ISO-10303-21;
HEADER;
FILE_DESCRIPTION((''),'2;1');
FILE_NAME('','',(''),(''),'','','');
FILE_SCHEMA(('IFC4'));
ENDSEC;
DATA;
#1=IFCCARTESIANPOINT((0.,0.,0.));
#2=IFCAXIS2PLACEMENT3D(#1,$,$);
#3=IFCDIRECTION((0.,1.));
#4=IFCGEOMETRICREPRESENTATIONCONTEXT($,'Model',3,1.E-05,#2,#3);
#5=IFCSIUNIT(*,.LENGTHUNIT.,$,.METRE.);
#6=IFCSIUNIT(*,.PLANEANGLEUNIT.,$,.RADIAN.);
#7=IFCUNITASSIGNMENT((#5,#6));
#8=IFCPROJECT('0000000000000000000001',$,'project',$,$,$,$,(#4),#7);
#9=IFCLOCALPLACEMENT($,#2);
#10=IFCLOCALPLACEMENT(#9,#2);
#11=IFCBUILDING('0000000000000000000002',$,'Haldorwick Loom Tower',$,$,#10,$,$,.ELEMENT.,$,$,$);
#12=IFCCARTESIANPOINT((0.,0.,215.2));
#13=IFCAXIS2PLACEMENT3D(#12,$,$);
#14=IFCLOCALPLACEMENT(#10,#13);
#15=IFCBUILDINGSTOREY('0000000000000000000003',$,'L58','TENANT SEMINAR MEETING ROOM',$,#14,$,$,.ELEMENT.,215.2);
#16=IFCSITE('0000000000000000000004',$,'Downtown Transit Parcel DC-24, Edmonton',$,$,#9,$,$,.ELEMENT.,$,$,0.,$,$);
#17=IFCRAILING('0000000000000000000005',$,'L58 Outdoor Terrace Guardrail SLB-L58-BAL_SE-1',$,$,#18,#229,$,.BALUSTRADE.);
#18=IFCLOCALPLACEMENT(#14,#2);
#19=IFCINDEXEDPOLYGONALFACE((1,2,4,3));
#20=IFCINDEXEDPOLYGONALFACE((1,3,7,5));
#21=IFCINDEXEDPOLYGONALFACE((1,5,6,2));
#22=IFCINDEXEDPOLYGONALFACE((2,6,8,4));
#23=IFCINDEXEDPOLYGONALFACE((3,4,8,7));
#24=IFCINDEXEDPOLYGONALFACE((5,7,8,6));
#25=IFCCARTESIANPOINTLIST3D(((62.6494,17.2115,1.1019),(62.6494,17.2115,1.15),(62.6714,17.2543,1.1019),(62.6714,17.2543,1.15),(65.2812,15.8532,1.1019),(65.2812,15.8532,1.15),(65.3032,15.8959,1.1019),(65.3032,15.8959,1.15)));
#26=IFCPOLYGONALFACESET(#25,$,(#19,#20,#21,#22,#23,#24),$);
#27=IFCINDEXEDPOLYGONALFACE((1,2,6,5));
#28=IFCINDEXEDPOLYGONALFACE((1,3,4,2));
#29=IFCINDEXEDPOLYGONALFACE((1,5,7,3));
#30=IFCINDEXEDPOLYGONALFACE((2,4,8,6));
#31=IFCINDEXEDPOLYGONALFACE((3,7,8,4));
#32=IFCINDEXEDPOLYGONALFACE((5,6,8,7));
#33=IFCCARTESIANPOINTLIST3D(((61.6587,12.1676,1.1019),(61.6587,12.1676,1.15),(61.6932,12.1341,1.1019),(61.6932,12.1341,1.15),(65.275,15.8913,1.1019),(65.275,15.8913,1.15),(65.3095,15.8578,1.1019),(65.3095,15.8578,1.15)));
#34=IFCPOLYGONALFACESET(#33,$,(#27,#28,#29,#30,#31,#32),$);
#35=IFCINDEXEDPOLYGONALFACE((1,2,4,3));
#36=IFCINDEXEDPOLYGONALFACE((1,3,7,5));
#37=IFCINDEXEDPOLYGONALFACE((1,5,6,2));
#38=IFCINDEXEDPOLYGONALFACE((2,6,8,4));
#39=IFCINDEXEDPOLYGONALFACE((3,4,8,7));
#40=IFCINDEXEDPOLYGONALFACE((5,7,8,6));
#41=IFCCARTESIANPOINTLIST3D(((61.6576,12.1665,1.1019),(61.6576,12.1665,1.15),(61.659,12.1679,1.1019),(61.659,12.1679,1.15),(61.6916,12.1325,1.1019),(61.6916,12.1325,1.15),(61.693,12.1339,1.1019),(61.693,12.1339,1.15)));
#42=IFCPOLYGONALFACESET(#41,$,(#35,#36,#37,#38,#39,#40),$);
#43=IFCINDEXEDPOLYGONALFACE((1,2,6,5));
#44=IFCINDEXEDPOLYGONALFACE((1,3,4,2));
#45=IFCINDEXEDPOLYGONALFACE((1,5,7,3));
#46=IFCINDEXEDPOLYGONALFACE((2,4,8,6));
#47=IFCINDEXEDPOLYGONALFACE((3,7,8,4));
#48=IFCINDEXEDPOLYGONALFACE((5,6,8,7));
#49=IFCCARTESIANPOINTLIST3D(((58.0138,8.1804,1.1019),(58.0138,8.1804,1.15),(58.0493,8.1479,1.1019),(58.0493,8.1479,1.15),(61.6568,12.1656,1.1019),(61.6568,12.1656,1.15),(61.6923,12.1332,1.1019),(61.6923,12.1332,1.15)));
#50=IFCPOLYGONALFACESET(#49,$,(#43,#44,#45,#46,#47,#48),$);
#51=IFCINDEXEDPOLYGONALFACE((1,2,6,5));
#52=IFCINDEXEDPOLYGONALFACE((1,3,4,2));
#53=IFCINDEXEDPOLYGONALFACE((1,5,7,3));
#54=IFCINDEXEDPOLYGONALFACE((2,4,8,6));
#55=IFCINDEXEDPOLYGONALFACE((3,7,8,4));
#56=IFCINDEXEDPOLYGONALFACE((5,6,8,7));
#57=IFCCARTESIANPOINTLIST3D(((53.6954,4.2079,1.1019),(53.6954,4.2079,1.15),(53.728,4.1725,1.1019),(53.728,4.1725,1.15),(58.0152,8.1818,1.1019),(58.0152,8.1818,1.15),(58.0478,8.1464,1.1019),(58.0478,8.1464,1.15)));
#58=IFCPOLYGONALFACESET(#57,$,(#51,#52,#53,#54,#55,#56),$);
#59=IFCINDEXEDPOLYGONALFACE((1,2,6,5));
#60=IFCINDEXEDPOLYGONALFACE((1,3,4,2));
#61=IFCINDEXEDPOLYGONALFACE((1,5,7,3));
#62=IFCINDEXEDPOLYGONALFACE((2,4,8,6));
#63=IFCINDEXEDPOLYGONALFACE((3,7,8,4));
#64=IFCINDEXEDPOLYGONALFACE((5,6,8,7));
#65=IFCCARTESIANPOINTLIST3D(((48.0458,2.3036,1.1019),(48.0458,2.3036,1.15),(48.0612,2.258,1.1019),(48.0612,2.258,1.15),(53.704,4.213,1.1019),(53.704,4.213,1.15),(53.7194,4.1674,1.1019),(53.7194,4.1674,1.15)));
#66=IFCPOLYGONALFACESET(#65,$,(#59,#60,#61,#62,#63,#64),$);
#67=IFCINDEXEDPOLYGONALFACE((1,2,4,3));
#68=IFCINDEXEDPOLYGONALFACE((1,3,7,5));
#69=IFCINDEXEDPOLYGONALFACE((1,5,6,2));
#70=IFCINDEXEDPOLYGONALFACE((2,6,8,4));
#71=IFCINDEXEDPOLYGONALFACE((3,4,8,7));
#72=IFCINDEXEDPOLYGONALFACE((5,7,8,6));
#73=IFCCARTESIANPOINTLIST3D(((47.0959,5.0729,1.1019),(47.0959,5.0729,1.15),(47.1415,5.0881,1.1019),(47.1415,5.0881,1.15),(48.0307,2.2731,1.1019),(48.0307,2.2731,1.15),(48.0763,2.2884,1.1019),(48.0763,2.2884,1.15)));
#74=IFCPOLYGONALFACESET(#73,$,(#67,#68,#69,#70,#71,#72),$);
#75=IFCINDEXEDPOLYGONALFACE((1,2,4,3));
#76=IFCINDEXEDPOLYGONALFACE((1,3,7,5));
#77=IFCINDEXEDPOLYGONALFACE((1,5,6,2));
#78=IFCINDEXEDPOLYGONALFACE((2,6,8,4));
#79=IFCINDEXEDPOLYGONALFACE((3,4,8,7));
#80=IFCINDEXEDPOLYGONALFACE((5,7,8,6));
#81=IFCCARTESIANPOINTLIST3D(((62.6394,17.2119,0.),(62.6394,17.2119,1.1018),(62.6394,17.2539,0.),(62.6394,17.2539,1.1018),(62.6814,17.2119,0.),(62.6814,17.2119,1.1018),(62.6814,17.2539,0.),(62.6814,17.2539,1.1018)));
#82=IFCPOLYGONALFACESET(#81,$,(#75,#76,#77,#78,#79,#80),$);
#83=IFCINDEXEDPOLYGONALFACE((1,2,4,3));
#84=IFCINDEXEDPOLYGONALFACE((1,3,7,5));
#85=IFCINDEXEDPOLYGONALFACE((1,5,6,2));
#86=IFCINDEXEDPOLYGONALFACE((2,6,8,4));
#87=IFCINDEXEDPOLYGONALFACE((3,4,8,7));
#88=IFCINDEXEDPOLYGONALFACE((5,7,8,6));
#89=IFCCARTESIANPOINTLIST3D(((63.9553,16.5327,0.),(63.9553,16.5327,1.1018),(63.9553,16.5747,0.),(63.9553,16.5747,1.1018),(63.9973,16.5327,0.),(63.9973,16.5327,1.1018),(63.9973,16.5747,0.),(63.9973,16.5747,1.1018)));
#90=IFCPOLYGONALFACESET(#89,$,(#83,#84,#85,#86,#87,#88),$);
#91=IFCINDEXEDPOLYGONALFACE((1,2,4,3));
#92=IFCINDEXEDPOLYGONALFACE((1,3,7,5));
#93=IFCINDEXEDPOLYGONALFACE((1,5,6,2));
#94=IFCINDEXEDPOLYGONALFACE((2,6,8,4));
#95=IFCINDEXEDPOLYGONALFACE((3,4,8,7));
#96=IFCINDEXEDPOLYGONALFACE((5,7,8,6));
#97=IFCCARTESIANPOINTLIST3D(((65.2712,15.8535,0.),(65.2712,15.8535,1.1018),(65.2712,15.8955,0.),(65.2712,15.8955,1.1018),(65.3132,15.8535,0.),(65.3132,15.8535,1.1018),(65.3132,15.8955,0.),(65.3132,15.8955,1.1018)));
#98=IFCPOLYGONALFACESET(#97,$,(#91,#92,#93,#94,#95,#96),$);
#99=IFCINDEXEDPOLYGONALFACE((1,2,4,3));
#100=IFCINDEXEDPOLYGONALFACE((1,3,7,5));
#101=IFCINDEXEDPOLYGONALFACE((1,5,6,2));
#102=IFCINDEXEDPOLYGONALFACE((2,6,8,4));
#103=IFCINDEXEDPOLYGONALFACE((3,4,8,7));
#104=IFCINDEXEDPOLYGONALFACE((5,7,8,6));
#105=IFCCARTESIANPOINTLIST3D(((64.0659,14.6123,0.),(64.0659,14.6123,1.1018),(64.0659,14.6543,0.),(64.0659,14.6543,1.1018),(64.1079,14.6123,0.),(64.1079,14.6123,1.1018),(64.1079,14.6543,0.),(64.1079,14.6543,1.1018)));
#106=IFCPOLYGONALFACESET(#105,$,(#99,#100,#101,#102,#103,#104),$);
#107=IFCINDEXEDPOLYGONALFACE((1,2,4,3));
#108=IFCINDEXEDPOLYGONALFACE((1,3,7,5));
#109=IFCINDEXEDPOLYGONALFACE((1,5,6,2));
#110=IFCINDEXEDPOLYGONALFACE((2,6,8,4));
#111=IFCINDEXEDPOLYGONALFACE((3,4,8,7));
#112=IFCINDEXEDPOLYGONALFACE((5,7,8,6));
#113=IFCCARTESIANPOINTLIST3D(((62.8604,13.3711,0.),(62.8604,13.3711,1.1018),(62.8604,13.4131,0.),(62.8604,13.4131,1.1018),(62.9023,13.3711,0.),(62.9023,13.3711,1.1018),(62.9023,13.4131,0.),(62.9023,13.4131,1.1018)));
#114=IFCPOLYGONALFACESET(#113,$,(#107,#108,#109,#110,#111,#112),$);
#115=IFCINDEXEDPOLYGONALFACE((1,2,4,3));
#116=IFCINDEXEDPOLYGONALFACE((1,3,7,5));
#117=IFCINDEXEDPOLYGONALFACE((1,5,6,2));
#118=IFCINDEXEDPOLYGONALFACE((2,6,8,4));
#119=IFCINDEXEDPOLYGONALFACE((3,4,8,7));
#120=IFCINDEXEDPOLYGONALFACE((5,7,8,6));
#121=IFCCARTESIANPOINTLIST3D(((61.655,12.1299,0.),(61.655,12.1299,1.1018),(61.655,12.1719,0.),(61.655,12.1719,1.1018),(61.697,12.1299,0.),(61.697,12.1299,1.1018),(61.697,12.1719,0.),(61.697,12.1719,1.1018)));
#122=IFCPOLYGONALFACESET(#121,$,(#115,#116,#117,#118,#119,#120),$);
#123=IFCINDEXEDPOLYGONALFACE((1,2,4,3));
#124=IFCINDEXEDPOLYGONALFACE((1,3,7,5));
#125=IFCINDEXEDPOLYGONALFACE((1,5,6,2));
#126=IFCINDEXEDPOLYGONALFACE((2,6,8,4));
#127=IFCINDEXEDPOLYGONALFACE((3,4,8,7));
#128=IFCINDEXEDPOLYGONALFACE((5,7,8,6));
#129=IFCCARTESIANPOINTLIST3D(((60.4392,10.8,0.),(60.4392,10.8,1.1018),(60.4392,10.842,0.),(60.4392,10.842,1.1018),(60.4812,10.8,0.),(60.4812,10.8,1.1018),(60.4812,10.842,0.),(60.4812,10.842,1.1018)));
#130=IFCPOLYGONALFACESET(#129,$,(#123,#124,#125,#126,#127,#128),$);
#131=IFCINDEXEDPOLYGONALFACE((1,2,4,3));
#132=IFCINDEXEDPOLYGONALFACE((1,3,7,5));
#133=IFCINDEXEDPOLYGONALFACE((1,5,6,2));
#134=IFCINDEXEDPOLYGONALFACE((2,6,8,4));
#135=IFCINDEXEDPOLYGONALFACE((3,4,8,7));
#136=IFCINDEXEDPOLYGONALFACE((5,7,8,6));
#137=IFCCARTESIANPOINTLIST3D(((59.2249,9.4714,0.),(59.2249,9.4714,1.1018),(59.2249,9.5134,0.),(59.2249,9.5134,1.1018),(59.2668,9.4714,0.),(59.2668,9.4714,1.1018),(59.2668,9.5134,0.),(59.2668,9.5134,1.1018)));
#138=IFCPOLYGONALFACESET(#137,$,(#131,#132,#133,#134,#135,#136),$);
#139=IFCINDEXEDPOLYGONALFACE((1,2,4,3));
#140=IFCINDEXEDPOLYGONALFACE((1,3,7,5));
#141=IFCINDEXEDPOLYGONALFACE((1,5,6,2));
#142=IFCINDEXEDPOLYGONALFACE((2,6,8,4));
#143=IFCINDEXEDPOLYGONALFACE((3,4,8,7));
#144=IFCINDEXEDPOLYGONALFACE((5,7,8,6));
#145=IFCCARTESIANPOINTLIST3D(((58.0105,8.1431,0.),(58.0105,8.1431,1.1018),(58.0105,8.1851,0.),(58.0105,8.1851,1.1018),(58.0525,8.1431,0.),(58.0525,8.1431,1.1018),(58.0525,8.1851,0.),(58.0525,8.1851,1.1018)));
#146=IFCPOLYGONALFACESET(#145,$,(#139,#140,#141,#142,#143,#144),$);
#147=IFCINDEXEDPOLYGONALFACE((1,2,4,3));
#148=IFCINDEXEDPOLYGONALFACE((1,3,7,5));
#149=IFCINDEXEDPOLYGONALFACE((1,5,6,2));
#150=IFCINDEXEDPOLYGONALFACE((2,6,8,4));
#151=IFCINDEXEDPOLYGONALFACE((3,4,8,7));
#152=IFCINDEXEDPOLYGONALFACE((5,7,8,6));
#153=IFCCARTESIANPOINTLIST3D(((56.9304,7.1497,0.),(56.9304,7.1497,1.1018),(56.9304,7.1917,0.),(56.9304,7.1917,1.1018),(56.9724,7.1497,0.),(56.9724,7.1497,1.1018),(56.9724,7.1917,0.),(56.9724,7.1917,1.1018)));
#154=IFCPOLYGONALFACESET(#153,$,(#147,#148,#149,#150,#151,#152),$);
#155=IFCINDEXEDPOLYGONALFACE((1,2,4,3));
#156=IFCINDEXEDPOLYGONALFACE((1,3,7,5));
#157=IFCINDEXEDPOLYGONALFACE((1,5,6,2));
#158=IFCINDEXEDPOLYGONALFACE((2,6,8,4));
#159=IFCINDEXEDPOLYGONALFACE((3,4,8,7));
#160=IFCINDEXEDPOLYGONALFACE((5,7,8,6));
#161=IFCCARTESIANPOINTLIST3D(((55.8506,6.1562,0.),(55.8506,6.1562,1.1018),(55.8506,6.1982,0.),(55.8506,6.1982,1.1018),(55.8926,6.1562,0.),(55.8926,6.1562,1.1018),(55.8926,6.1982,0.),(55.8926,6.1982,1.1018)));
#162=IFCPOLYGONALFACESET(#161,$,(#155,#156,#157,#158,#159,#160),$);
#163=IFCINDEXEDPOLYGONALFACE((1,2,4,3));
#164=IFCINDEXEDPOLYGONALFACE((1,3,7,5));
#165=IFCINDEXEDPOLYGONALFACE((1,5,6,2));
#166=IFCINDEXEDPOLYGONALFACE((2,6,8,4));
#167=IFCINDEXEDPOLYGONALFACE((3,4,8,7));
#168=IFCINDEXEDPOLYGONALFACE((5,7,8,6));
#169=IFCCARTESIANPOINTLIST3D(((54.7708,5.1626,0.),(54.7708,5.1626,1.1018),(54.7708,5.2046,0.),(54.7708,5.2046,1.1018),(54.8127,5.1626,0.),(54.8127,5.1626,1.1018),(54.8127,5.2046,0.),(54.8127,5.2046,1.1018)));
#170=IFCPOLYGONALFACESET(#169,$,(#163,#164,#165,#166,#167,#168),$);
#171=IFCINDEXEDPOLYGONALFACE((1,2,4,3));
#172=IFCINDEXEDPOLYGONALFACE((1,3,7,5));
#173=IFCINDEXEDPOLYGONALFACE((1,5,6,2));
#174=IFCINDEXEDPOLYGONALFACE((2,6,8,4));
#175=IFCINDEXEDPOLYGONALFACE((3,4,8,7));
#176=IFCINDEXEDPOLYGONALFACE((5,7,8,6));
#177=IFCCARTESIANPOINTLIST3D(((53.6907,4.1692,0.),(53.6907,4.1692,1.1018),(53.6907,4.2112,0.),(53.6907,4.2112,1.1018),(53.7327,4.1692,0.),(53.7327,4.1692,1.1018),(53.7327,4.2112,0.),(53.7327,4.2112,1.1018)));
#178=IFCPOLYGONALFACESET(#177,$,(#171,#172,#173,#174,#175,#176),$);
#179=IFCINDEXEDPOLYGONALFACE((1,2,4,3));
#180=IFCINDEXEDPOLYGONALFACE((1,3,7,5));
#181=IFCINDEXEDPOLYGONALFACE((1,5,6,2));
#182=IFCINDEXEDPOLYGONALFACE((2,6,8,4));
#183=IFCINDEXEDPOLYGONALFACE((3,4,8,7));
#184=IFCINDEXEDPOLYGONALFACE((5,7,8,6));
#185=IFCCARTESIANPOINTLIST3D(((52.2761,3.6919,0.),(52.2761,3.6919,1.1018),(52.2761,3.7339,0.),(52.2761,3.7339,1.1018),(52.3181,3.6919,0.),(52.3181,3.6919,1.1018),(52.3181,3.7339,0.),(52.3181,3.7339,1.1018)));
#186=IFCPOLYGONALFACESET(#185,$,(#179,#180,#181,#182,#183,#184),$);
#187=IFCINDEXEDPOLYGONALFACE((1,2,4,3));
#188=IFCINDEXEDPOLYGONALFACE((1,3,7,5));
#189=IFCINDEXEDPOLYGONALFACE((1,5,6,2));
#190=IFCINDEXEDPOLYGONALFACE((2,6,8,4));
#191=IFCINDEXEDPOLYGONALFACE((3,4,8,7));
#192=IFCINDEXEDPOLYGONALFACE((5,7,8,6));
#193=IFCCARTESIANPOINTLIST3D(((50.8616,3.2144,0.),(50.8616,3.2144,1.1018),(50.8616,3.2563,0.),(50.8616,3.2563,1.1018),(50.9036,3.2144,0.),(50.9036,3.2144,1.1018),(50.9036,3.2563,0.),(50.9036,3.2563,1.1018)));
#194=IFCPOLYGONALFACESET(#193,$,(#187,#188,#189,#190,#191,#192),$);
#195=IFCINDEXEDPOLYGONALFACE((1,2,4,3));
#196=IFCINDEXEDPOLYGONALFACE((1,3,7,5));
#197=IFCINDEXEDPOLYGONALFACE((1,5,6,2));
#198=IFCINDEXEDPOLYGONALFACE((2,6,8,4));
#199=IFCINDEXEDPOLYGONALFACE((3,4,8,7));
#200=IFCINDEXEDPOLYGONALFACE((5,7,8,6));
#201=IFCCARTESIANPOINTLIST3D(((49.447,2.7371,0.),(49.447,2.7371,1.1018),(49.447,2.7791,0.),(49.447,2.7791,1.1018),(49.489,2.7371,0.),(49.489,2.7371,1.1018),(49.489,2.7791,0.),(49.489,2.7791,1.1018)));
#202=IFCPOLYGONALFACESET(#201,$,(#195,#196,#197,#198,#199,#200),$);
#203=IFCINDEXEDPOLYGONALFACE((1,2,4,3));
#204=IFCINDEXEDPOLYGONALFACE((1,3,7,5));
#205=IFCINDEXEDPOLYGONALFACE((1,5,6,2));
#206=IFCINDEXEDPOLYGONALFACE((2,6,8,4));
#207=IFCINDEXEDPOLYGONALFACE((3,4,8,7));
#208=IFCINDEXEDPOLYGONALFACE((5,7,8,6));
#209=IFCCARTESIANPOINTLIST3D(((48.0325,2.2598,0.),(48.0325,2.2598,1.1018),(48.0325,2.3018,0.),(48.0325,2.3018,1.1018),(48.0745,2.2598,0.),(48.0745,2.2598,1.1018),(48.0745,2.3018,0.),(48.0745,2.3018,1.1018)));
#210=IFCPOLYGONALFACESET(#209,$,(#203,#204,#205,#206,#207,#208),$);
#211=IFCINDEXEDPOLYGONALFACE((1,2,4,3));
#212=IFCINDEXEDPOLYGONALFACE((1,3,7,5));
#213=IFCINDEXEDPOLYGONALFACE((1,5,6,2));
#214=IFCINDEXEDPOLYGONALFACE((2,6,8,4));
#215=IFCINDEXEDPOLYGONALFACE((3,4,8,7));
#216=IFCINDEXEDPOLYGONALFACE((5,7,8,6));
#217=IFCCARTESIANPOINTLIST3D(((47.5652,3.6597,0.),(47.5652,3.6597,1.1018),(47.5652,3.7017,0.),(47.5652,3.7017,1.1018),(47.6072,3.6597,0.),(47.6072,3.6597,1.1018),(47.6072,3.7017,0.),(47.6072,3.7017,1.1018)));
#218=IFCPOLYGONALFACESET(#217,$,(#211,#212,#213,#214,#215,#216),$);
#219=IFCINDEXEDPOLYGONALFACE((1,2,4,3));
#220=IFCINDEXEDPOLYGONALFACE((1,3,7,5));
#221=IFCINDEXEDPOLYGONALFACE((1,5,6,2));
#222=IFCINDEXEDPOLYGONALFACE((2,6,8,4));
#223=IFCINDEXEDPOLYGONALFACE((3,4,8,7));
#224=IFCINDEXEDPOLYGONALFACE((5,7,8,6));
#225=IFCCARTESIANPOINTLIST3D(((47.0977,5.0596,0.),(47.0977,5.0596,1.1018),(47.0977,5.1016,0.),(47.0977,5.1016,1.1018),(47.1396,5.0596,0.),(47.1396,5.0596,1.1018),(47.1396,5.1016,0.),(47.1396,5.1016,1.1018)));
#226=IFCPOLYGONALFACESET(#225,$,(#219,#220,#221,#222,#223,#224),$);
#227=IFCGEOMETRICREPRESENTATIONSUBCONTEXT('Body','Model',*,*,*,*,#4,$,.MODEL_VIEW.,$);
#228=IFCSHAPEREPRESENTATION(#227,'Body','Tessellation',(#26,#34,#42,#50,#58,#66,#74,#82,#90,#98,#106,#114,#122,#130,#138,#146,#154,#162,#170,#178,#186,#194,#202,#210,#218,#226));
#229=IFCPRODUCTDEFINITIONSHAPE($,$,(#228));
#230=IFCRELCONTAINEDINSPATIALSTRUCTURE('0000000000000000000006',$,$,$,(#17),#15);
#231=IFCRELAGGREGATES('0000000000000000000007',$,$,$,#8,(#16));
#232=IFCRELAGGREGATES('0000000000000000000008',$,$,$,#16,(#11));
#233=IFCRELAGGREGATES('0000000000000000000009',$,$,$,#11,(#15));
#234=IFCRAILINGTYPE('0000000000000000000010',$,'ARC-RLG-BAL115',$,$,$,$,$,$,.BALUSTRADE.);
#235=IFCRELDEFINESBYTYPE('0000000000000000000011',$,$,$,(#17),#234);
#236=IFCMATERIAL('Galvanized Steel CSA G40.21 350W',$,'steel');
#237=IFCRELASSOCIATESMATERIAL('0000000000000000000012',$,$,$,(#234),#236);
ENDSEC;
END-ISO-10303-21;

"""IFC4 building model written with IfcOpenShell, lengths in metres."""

from ifc_helpers import new_model, si_unit, direction, frame, origin, origin_2d, place, context, subcontext, project, spatial, rectangle, extrude, material, type_object, element, save


model = new_model("IFC4")

# Units and contexts
model_context = context("Model", 3, precision=1e-05, world=origin(), true_north=direction((0.0, 1.0)))
body_context = subcontext(model_context, "Body", "Model", "MODEL_VIEW")
ifc_project = project(units=[si_unit("LENGTHUNIT", "METRE"), si_unit("PLANEANGLEUNIT", "RADIAN")], contexts=[model_context])

# Site, building, storey
site_placement = place(None, origin())
site = spatial("IfcSite", under=ifc_project, at=site_placement, Name="Downtown Transit Parcel DC-24, Edmonton", CompositionType="ELEMENT", RefElevation=0.0)
building_placement = place(site_placement, origin())
building = spatial("IfcBuilding", under=site, at=building_placement, Name="Haldorwick Loom Tower", CompositionType="ELEMENT")
storey_placement = place(building_placement, frame((0.0, 0.0, 215.2)))
storey = spatial("IfcBuildingStorey", under=building, at=storey_placement, Name="L58", Description="TENANT SEMINAR MEETING ROOM", CompositionType="ELEMENT", Elevation=215.2)

# Railing
ifc_material_1 = material(Name="Galvanized Steel CSA G40.21 350W", Category="steel")
railing_type = type_object("IfcRailingType", Name="ARC-RLG-BAL115", PredefinedType="BALUSTRADE", material=ifc_material_1)
railing_placement = place(storey_placement, frame((62.6604, 17.2329, 0.0)))
element("IfcRailing", 1, at=railing_placement, inside=storey, type_object=railing_type, Name="L58 Outdoor Terrace Guardrail SLB-L58-BAL_SE-1", PredefinedType="BALUSTRADE", context=body_context, shape_type="SweptSolid", body=[
    extrude(rectangle(XDim=0.0481, YDim=0.0481, at=origin_2d()), frame((0.0, 0.0, 1.126), z_axis=(0.888616, -0.458651, 0.0), x_axis=(0.458651, 0.888616, 0.0)), (0.0, 0.0, 1.0), 2.9617),
    extrude(rectangle(XDim=0.0481, YDim=0.0481, at=origin_2d()), frame((2.6318, -1.3584, 1.126), z_axis=(-0.696683, -0.717379, 0.0), x_axis=(0.717379, -0.696683, 0.0)), (0.0, 0.0, 1.0), 5.1907),
    extrude(rectangle(XDim=0.0481, YDim=0.0481, at=origin_2d()), frame((-0.9844, -5.082, 1.126), z_axis=(-0.707107, -0.707107, 0.0), x_axis=(0.707107, -0.707107, 0.0)), (0.0, 0.0, 1.0), 0.002),
    extrude(rectangle(XDim=0.0481, YDim=0.0481, at=origin_2d()), frame((-0.9858, -5.0835, 1.126), z_axis=(-0.6747, -0.738092, 0.0), x_axis=(0.738092, -0.6747, 0.0)), (0.0, 0.0, 1.0), 5.3994),
    extrude(rectangle(XDim=0.0481, YDim=0.0481, at=origin_2d()), frame((-4.6289, -9.0688, 1.126), z_axis=(-0.735962, -0.677023, 0.0), x_axis=(0.677023, -0.735962, 0.0)), (0.0, 0.0, 1.0), 5.8696),
    extrude(rectangle(XDim=0.0481, YDim=0.0481, at=origin_2d()), frame((-8.9487, -13.0427, 1.126), z_axis=(-0.947503, -0.319746, 0.0), x_axis=(0.319746, -0.947503, 0.0)), (0.0, 0.0, 1.0), 5.9717),
    extrude(rectangle(XDim=0.0481, YDim=0.0481, at=origin_2d()), frame((-14.6069, -14.9521, 1.126), z_axis=(-0.316699, 0.948526, 0.0), x_axis=(-0.948526, -0.316699, 0.0)), (0.0, 0.0, 1.0), 2.9517),
    extrude(rectangle(XDim=0.042, YDim=0.042, at=origin_2d()), origin(), (0.0, 0.0, 1.0), 1.1018),
    extrude(rectangle(XDim=0.042, YDim=0.042, at=origin_2d()), frame((1.3159, -0.6792, 0.0)), (0.0, 0.0, 1.0), 1.1018),
    extrude(rectangle(XDim=0.042, YDim=0.042, at=origin_2d()), frame((2.6318, -1.3584, 0.0)), (0.0, 0.0, 1.0), 1.1018),
    extrude(rectangle(XDim=0.042, YDim=0.042, at=origin_2d()), frame((1.4265, -2.5996, 0.0)), (0.0, 0.0, 1.0), 1.1018),
    extrude(rectangle(XDim=0.042, YDim=0.042, at=origin_2d()), frame((0.2209, -3.8408, 0.0)), (0.0, 0.0, 1.0), 1.1018),
    extrude(rectangle(XDim=0.042, YDim=0.042, at=origin_2d()), frame((-0.9844, -5.082, 0.0)), (0.0, 0.0, 1.0), 1.1018),
    extrude(rectangle(XDim=0.042, YDim=0.042, at=origin_2d()), frame((-2.2002, -6.4119, 0.0)), (0.0, 0.0, 1.0), 1.1018),
    extrude(rectangle(XDim=0.042, YDim=0.042, at=origin_2d()), frame((-3.4146, -7.7405, 0.0)), (0.0, 0.0, 1.0), 1.1018),
    extrude(rectangle(XDim=0.042, YDim=0.042, at=origin_2d()), frame((-4.6289, -9.0688, 0.0)), (0.0, 0.0, 1.0), 1.1018),
    extrude(rectangle(XDim=0.042, YDim=0.042, at=origin_2d()), frame((-5.709, -10.0623, 0.0)), (0.0, 0.0, 1.0), 1.1018),
    extrude(rectangle(XDim=0.042, YDim=0.042, at=origin_2d()), frame((-6.7888, -11.0557, 0.0)), (0.0, 0.0, 1.0), 1.1018),
    extrude(rectangle(XDim=0.042, YDim=0.042, at=origin_2d()), frame((-7.8687, -12.0493, 0.0)), (0.0, 0.0, 1.0), 1.1018),
    extrude(rectangle(XDim=0.042, YDim=0.042, at=origin_2d()), frame((-8.9487, -13.0427, 0.0)), (0.0, 0.0, 1.0), 1.1018),
    extrude(rectangle(XDim=0.042, YDim=0.042, at=origin_2d()), frame((-10.3633, -13.52, 0.0)), (0.0, 0.0, 1.0), 1.1018),
    extrude(rectangle(XDim=0.042, YDim=0.042, at=origin_2d()), frame((-11.7778, -13.9976, 0.0)), (0.0, 0.0, 1.0), 1.1018),
    extrude(rectangle(XDim=0.042, YDim=0.042, at=origin_2d()), frame((-13.1924, -14.4749, 0.0)), (0.0, 0.0, 1.0), 1.1018),
    extrude(rectangle(XDim=0.042, YDim=0.042, at=origin_2d()), frame((-14.6069, -14.9521, 0.0)), (0.0, 0.0, 1.0), 1.1018),
    extrude(rectangle(XDim=0.042, YDim=0.042, at=origin_2d()), frame((-15.0742, -13.5522, 0.0)), (0.0, 0.0, 1.0), 1.1018),
    extrude(rectangle(XDim=0.042, YDim=0.042, at=origin_2d()), frame((-15.5417, -12.1523, 0.0)), (0.0, 0.0, 1.0), 1.1018),
])

save(model, "model.ifc")
